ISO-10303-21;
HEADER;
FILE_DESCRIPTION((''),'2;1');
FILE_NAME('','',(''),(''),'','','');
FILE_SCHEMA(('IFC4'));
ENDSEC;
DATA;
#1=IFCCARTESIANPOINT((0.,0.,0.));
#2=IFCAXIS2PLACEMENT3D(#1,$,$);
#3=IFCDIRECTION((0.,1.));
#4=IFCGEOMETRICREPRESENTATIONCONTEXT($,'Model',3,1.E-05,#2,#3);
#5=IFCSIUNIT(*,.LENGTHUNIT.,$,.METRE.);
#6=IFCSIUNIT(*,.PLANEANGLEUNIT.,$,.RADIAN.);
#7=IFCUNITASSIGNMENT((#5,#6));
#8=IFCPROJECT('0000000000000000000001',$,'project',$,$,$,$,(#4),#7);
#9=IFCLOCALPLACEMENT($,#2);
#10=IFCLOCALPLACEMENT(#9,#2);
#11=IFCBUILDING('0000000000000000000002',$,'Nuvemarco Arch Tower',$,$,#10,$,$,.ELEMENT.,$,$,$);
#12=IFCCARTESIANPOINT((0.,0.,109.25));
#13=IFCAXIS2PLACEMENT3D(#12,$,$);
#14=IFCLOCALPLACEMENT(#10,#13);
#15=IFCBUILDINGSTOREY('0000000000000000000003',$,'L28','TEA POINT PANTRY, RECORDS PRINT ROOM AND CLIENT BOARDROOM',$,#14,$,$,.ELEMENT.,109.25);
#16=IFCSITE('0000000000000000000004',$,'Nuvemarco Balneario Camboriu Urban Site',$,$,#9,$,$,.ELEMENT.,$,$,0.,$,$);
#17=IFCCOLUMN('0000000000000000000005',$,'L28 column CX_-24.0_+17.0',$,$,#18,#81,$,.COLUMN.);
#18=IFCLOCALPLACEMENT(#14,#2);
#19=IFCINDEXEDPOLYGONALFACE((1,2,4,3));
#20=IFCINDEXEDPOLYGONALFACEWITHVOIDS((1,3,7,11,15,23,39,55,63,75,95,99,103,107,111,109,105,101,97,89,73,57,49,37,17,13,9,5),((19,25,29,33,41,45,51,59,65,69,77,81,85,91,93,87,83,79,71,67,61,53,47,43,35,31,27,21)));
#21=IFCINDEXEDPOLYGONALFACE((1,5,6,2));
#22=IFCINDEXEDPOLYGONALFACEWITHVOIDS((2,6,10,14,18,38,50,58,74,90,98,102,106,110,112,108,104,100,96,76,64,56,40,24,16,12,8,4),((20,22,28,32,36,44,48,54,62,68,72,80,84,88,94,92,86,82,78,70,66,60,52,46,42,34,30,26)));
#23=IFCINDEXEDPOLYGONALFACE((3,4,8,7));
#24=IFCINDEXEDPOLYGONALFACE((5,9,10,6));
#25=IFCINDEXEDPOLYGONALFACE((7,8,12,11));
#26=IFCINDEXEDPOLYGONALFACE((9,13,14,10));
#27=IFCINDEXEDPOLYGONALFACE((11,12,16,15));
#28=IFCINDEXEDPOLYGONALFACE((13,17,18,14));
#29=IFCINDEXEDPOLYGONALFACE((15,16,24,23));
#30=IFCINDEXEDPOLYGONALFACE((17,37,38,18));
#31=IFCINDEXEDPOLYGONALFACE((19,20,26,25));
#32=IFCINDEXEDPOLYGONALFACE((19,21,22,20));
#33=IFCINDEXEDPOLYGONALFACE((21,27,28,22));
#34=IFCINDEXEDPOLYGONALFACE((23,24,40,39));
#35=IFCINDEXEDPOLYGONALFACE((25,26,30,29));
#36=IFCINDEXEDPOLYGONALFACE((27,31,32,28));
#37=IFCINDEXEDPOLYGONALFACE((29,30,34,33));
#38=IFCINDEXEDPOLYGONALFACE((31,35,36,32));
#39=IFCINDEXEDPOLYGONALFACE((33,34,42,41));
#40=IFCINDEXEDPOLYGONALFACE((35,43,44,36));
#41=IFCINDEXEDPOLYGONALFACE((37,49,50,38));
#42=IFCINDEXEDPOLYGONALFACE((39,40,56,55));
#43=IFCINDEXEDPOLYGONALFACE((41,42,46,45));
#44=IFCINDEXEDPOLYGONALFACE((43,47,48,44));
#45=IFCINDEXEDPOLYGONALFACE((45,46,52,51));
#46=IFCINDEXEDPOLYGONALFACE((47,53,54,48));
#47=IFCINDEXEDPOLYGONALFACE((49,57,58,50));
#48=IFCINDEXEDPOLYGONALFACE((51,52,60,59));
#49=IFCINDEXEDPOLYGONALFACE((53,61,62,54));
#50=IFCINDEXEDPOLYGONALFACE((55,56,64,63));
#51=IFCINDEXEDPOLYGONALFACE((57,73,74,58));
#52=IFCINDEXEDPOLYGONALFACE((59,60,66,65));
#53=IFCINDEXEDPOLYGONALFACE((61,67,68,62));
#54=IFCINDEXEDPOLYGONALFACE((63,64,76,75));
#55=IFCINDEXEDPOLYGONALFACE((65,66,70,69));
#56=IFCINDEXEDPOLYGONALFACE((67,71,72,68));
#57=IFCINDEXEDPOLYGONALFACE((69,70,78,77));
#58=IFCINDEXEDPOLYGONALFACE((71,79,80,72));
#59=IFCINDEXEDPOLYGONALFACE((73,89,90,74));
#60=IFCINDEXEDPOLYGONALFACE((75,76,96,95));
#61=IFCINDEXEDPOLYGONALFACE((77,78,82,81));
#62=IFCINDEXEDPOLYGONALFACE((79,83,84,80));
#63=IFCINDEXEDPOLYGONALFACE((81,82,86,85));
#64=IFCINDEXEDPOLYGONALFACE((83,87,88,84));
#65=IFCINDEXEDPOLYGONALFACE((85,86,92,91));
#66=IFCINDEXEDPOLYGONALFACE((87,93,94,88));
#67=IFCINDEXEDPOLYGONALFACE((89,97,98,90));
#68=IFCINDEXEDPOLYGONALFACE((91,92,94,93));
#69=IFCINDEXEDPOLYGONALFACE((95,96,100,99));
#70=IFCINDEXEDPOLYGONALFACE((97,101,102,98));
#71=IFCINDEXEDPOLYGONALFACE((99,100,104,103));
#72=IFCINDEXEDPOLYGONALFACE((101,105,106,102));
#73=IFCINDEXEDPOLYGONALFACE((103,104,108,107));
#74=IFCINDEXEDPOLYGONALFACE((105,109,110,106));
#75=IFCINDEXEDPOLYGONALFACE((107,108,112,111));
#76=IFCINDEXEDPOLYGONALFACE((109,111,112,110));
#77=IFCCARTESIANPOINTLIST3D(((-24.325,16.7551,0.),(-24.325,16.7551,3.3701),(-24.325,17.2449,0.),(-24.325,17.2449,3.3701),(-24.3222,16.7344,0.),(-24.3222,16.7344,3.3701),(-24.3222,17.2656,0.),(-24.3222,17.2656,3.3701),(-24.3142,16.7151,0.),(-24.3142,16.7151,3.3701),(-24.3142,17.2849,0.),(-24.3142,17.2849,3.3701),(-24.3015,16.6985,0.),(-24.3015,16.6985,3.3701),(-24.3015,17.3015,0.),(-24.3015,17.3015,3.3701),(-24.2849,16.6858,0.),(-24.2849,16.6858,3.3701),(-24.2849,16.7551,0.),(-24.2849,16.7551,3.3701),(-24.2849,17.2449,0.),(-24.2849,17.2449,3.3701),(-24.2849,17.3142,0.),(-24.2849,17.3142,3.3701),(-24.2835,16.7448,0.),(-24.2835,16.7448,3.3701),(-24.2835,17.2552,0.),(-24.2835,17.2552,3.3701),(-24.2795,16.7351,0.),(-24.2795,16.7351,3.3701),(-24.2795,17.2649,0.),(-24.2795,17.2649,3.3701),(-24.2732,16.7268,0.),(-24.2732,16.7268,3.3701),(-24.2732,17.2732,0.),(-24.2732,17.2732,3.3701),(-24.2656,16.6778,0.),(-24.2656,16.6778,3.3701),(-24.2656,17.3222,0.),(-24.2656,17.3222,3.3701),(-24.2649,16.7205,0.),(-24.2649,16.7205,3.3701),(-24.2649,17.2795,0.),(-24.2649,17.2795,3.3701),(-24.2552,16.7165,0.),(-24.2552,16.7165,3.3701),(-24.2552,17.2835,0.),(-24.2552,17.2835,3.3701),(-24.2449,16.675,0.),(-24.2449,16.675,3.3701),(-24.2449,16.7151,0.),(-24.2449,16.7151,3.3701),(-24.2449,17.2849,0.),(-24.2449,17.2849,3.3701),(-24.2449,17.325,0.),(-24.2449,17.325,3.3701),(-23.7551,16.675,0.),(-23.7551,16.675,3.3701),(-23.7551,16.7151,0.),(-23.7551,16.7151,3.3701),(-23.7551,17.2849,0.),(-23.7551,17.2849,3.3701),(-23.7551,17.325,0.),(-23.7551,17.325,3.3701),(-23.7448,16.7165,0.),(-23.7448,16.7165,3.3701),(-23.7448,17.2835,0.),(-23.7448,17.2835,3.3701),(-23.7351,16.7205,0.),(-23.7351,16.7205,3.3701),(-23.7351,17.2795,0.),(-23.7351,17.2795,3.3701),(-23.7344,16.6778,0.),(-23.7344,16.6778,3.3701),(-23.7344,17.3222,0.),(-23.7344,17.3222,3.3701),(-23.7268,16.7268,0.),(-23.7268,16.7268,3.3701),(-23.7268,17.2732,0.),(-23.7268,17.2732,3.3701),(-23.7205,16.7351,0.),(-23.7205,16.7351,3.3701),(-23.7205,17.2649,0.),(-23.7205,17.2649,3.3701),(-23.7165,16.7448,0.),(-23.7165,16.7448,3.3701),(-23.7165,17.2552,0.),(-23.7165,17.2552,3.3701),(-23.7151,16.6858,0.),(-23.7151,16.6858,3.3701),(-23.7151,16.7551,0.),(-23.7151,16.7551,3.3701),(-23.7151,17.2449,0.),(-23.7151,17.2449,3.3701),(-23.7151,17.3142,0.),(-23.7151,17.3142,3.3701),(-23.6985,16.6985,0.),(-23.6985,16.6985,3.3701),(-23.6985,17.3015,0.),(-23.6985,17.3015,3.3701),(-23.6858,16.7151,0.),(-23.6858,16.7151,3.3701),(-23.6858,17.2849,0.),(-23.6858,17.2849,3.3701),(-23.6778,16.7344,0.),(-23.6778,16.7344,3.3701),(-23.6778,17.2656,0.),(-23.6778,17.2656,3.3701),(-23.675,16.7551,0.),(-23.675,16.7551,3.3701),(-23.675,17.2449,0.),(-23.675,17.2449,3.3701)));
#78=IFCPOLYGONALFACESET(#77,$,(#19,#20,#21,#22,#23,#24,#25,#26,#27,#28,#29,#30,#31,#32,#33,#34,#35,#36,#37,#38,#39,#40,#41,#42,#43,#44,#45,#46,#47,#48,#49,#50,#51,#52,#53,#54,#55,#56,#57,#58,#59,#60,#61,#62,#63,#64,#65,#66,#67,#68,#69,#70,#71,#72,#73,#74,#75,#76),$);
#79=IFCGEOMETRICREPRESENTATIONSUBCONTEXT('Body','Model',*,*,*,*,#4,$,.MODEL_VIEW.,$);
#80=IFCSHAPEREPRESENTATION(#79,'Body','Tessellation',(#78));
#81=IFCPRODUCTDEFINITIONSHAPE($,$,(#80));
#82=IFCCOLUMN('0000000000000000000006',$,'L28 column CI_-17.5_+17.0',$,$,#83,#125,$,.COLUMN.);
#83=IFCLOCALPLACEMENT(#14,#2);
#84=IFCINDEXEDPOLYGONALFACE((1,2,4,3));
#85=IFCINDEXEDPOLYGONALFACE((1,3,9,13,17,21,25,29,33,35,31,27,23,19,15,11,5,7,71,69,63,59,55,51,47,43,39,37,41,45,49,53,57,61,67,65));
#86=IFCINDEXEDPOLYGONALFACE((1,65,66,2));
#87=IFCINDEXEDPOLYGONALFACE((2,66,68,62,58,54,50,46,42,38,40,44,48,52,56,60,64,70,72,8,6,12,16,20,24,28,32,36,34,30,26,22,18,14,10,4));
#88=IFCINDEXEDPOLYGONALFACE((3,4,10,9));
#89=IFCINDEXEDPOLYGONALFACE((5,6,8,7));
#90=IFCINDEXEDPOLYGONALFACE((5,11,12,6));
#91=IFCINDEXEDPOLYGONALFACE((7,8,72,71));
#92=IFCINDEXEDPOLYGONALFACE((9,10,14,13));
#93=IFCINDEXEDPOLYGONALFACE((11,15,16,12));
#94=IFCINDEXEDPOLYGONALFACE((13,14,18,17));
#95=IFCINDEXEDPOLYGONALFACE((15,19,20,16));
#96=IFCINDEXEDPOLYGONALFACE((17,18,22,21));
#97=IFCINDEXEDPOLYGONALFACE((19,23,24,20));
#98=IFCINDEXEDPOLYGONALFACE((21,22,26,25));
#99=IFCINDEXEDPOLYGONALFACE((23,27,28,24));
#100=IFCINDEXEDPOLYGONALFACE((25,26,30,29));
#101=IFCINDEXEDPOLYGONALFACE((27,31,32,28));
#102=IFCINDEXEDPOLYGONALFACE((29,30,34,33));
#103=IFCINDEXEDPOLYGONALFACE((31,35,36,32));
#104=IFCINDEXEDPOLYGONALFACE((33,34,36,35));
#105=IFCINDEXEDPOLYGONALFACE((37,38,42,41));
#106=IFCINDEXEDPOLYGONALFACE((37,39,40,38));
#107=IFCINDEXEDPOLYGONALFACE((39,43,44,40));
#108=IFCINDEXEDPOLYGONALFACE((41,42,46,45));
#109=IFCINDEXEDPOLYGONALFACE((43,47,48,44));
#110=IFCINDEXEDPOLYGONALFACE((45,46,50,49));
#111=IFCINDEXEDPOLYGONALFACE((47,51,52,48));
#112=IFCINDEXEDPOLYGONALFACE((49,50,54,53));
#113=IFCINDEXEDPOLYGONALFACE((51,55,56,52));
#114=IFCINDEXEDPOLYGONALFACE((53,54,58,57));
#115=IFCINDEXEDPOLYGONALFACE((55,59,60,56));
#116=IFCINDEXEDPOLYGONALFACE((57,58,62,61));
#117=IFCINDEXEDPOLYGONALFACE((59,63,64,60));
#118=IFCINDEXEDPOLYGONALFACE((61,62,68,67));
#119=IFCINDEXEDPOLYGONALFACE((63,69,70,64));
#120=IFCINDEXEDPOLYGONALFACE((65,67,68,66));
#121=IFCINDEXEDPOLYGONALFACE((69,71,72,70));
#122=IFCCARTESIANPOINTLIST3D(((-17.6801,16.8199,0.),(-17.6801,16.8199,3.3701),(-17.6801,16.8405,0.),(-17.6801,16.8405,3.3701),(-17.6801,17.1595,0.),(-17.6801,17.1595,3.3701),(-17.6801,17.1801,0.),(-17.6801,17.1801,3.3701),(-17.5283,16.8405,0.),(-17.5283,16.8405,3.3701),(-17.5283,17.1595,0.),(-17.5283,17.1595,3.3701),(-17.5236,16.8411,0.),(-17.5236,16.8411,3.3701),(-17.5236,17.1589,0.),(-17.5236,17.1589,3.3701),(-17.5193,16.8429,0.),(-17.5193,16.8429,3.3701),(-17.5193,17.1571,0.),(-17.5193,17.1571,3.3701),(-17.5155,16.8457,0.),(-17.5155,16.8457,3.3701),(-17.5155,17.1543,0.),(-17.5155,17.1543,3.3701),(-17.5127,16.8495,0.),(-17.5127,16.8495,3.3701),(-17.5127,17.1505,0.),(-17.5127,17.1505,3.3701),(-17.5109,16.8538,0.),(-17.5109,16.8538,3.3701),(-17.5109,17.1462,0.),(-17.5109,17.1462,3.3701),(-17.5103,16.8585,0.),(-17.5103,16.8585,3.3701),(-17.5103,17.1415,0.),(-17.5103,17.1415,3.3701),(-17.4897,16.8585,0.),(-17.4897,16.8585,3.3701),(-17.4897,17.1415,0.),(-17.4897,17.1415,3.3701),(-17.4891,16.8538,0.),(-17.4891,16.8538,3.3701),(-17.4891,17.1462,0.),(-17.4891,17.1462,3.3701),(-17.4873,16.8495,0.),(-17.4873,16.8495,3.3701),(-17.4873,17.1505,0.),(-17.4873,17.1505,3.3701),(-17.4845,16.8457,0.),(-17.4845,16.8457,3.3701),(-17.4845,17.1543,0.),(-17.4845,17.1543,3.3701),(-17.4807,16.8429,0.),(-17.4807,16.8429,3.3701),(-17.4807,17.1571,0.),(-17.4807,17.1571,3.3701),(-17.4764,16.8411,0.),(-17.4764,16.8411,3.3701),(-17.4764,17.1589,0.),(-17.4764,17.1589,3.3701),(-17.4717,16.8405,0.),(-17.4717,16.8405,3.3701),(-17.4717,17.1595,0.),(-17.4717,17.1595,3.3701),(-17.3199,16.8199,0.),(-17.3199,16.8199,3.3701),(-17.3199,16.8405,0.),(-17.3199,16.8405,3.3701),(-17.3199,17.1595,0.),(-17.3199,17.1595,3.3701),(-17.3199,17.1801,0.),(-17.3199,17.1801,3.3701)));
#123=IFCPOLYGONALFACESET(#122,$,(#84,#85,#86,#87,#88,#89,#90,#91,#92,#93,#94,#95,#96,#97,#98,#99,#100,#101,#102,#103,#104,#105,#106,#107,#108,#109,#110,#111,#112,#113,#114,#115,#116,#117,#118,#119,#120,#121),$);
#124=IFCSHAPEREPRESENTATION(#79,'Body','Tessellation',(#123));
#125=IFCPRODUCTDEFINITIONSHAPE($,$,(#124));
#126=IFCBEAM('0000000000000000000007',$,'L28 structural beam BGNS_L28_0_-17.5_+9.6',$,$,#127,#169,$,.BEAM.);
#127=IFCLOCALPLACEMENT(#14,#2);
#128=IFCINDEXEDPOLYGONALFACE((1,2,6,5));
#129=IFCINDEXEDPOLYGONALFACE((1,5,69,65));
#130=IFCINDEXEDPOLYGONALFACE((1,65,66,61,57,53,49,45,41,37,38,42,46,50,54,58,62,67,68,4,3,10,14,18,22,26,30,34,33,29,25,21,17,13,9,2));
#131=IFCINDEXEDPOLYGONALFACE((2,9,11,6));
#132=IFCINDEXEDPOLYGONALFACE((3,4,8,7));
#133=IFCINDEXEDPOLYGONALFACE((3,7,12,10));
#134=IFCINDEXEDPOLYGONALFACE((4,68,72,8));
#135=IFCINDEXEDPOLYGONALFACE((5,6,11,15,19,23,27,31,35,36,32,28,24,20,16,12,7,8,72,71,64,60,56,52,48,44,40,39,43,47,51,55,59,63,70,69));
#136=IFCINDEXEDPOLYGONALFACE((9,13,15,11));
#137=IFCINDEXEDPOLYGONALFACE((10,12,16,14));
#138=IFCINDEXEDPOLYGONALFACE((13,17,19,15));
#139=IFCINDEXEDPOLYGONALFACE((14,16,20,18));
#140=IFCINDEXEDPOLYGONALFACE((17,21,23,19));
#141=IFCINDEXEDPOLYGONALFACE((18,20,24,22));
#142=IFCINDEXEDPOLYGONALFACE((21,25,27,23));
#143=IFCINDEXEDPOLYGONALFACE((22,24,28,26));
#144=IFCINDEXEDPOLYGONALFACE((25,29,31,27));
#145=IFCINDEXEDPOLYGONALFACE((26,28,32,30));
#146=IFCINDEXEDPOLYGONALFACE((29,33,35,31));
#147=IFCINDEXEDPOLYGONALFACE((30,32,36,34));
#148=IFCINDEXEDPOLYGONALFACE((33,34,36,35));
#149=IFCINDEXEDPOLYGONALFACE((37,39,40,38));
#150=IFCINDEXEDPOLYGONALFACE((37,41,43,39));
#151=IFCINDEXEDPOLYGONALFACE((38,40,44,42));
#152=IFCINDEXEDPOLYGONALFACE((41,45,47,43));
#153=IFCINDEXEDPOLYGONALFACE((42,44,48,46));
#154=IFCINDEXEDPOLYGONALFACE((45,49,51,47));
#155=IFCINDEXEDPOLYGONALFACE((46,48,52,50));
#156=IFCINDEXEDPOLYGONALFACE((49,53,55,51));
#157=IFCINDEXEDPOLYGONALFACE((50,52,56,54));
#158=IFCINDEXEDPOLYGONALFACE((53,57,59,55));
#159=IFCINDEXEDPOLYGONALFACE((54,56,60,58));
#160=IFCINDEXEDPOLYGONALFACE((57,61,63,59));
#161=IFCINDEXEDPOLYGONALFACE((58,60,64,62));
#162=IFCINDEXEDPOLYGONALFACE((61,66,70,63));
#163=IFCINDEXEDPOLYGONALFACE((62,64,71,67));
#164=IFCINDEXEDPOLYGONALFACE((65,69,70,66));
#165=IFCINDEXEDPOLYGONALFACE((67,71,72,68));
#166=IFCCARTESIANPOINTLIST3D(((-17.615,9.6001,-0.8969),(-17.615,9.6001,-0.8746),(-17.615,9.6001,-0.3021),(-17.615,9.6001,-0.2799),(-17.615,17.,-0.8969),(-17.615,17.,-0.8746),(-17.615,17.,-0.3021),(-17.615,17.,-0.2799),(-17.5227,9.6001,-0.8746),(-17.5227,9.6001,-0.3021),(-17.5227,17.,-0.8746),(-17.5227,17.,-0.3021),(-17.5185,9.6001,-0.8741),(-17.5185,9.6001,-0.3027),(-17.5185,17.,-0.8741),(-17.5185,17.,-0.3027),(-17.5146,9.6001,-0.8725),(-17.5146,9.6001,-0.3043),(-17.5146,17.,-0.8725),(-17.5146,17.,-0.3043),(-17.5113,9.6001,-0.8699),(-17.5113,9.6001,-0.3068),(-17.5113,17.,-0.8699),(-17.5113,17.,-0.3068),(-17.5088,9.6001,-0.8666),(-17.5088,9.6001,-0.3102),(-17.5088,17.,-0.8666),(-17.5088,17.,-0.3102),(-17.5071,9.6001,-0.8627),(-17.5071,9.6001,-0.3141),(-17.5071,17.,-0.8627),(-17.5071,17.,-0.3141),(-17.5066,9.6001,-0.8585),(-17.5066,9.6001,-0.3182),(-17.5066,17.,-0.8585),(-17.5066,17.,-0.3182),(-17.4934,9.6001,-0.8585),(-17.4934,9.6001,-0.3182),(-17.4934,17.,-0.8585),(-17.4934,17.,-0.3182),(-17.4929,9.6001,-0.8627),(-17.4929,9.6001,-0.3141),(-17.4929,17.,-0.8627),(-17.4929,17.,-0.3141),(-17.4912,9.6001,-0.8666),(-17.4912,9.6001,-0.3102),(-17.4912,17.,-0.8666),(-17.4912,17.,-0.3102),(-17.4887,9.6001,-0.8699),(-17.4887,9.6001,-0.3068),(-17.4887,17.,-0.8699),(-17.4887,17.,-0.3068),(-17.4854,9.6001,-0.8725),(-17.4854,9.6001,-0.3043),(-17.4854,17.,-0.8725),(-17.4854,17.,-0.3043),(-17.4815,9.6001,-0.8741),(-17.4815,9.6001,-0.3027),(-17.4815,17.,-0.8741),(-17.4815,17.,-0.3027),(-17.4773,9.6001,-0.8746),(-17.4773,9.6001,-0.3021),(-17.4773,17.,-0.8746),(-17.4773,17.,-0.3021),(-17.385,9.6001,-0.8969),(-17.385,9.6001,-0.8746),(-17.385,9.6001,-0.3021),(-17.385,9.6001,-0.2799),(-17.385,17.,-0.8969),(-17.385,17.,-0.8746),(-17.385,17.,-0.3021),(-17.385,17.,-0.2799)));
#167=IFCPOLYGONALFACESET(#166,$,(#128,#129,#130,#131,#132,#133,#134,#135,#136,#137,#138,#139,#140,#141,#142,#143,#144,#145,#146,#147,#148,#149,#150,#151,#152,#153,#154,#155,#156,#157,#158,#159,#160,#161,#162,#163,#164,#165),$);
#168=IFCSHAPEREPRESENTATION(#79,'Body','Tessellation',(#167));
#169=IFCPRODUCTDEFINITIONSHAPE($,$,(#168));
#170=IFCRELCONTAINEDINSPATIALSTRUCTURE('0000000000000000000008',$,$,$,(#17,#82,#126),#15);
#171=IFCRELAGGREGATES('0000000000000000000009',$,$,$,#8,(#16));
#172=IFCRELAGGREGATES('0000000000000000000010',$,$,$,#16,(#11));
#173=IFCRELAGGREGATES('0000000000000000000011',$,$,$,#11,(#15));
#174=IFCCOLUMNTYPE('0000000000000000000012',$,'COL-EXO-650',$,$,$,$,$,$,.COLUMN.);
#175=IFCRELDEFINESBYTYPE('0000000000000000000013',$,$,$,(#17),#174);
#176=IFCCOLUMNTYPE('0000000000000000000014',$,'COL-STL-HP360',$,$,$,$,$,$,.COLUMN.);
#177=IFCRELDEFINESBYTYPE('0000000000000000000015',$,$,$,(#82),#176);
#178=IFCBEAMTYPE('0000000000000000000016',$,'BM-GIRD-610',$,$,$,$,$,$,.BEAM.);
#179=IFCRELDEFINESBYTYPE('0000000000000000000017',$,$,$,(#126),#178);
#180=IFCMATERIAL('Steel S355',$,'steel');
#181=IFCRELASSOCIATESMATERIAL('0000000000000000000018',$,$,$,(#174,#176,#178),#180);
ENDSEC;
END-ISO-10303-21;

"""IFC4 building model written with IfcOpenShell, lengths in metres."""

from ifc_helpers import new_model, si_unit, direction, frame, origin, origin_2d, place, context, subcontext, project, spatial, hollow_rectangle, i_section, extrude, material, material_profile, profile_set, type_object, element, save


model = new_model("IFC4")

# Units and contexts
model_context = context("Model", 3, precision=1e-05, world=origin(), true_north=direction((0.0, 1.0)))
body_context = subcontext(model_context, "Body", "Model", "MODEL_VIEW")
ifc_project = project(units=[si_unit("LENGTHUNIT", "METRE"), si_unit("PLANEANGLEUNIT", "RADIAN")], contexts=[model_context])

# Site, building, storey
site_placement = place(None, origin())
site = spatial("IfcSite", under=ifc_project, at=site_placement, Name="Nuvemarco Balneario Camboriu Urban Site", CompositionType="ELEMENT", RefElevation=0.0)
building_placement = place(site_placement, origin())
building = spatial("IfcBuilding", under=site, at=building_placement, Name="Nuvemarco Arch Tower", CompositionType="ELEMENT")
storey_placement = place(building_placement, frame((0.0, 0.0, 109.25)))
storey = spatial("IfcBuildingStorey", under=building, at=storey_placement, Name="L28", Description="TEA POINT PANTRY, RECORDS PRINT ROOM AND CLIENT BOARDROOM", CompositionType="ELEMENT", Elevation=109.25)

# Columns
ifc_material_1 = material(Name="Steel S355", Category="steel")
ifc_material_profile_1 = material_profile(ifc_material_1, hollow_rectangle(XDim=0.6499, YDim=0.6499, WallThickness=0.04, InnerFilletRadius=0.04, OuterFilletRadius=0.0801, at=origin_2d()), Name="SHS650x650x40")
ifc_profile_set_1 = profile_set([ifc_material_profile_1], Name="Steel S355")
column_type_1 = type_object("IfcColumnType", Name="COL-EXO-650", PredefinedType="COLUMN", material=ifc_profile_set_1)
column_1_placement = place(storey_placement, frame((-24.0, 17.0, 0.0), z_axis=(0.0, 0.0, 1.0), x_axis=(1.0, 0.0, 0.0)))
element("IfcColumn", 1, at=column_1_placement, inside=storey, type_object=column_type_1, Name="L28 column CX_-24.0_+17.0", PredefinedType="COLUMN", context=body_context, shape_type="SweptSolid", body=[
    extrude(hollow_rectangle(XDim=0.6499, YDim=0.6499, WallThickness=0.04, InnerFilletRadius=0.04, OuterFilletRadius=0.0801, at=origin_2d()), origin(), (0.0, 0.0, 1.0), 3.3701),
])
ifc_material_profile_2 = material_profile(ifc_material_1, i_section(OverallWidth=0.3601, OverallDepth=0.3601, WebThickness=0.0205, FlangeThickness=0.0205, FilletRadius=0.0181, at=origin_2d()), Name="HP360x174")
ifc_profile_set_2 = profile_set([ifc_material_profile_2], Name="Steel S355")
column_type_2 = type_object("IfcColumnType", Name="COL-STL-HP360", PredefinedType="COLUMN", material=ifc_profile_set_2)
column_2_placement = place(storey_placement, frame((-17.5, 17.0, 0.0), z_axis=(0.0, 0.0, 1.0), x_axis=(1.0, 0.0, 0.0)))
element("IfcColumn", 2, at=column_2_placement, inside=storey, type_object=column_type_2, Name="L28 column CI_-17.5_+17.0", PredefinedType="COLUMN", context=body_context, shape_type="SweptSolid", body=[
    extrude(i_section(OverallWidth=0.3601, OverallDepth=0.3601, WebThickness=0.0205, FlangeThickness=0.0205, FilletRadius=0.0181, at=origin_2d()), origin(), (0.0, 0.0, 1.0), 3.3701),
])

# Beam
ifc_material_profile_3 = material_profile(ifc_material_1, i_section(OverallWidth=0.23, OverallDepth=0.6169, WebThickness=0.0132, FlangeThickness=0.0222, FilletRadius=0.0161, at=origin_2d()), Name="W610x140")
ifc_profile_set_3 = profile_set([ifc_material_profile_3], Name="Steel S355")
beam_type_1 = type_object("IfcBeamType", Name="BM-GIRD-610", PredefinedType="BEAM", material=ifc_profile_set_3)
beam_1_placement = place(storey_placement, frame((-17.5, 9.6001, -0.5884), z_axis=(0.0, 1.0, 0.0), x_axis=(-1.0, 0.0, 0.0)))
element("IfcBeam", 3, at=beam_1_placement, inside=storey, type_object=beam_type_1, Name="L28 structural beam BGNS_L28_0_-17.5_+9.6", PredefinedType="BEAM", context=body_context, shape_type="SweptSolid", body=[
    extrude(i_section(OverallWidth=0.23, OverallDepth=0.6169, WebThickness=0.0132, FlangeThickness=0.0222, FilletRadius=0.0161, at=origin_2d()), origin(), (0.0, 0.0, 1.0), 7.3999),
])

save(model, "model.ifc")
